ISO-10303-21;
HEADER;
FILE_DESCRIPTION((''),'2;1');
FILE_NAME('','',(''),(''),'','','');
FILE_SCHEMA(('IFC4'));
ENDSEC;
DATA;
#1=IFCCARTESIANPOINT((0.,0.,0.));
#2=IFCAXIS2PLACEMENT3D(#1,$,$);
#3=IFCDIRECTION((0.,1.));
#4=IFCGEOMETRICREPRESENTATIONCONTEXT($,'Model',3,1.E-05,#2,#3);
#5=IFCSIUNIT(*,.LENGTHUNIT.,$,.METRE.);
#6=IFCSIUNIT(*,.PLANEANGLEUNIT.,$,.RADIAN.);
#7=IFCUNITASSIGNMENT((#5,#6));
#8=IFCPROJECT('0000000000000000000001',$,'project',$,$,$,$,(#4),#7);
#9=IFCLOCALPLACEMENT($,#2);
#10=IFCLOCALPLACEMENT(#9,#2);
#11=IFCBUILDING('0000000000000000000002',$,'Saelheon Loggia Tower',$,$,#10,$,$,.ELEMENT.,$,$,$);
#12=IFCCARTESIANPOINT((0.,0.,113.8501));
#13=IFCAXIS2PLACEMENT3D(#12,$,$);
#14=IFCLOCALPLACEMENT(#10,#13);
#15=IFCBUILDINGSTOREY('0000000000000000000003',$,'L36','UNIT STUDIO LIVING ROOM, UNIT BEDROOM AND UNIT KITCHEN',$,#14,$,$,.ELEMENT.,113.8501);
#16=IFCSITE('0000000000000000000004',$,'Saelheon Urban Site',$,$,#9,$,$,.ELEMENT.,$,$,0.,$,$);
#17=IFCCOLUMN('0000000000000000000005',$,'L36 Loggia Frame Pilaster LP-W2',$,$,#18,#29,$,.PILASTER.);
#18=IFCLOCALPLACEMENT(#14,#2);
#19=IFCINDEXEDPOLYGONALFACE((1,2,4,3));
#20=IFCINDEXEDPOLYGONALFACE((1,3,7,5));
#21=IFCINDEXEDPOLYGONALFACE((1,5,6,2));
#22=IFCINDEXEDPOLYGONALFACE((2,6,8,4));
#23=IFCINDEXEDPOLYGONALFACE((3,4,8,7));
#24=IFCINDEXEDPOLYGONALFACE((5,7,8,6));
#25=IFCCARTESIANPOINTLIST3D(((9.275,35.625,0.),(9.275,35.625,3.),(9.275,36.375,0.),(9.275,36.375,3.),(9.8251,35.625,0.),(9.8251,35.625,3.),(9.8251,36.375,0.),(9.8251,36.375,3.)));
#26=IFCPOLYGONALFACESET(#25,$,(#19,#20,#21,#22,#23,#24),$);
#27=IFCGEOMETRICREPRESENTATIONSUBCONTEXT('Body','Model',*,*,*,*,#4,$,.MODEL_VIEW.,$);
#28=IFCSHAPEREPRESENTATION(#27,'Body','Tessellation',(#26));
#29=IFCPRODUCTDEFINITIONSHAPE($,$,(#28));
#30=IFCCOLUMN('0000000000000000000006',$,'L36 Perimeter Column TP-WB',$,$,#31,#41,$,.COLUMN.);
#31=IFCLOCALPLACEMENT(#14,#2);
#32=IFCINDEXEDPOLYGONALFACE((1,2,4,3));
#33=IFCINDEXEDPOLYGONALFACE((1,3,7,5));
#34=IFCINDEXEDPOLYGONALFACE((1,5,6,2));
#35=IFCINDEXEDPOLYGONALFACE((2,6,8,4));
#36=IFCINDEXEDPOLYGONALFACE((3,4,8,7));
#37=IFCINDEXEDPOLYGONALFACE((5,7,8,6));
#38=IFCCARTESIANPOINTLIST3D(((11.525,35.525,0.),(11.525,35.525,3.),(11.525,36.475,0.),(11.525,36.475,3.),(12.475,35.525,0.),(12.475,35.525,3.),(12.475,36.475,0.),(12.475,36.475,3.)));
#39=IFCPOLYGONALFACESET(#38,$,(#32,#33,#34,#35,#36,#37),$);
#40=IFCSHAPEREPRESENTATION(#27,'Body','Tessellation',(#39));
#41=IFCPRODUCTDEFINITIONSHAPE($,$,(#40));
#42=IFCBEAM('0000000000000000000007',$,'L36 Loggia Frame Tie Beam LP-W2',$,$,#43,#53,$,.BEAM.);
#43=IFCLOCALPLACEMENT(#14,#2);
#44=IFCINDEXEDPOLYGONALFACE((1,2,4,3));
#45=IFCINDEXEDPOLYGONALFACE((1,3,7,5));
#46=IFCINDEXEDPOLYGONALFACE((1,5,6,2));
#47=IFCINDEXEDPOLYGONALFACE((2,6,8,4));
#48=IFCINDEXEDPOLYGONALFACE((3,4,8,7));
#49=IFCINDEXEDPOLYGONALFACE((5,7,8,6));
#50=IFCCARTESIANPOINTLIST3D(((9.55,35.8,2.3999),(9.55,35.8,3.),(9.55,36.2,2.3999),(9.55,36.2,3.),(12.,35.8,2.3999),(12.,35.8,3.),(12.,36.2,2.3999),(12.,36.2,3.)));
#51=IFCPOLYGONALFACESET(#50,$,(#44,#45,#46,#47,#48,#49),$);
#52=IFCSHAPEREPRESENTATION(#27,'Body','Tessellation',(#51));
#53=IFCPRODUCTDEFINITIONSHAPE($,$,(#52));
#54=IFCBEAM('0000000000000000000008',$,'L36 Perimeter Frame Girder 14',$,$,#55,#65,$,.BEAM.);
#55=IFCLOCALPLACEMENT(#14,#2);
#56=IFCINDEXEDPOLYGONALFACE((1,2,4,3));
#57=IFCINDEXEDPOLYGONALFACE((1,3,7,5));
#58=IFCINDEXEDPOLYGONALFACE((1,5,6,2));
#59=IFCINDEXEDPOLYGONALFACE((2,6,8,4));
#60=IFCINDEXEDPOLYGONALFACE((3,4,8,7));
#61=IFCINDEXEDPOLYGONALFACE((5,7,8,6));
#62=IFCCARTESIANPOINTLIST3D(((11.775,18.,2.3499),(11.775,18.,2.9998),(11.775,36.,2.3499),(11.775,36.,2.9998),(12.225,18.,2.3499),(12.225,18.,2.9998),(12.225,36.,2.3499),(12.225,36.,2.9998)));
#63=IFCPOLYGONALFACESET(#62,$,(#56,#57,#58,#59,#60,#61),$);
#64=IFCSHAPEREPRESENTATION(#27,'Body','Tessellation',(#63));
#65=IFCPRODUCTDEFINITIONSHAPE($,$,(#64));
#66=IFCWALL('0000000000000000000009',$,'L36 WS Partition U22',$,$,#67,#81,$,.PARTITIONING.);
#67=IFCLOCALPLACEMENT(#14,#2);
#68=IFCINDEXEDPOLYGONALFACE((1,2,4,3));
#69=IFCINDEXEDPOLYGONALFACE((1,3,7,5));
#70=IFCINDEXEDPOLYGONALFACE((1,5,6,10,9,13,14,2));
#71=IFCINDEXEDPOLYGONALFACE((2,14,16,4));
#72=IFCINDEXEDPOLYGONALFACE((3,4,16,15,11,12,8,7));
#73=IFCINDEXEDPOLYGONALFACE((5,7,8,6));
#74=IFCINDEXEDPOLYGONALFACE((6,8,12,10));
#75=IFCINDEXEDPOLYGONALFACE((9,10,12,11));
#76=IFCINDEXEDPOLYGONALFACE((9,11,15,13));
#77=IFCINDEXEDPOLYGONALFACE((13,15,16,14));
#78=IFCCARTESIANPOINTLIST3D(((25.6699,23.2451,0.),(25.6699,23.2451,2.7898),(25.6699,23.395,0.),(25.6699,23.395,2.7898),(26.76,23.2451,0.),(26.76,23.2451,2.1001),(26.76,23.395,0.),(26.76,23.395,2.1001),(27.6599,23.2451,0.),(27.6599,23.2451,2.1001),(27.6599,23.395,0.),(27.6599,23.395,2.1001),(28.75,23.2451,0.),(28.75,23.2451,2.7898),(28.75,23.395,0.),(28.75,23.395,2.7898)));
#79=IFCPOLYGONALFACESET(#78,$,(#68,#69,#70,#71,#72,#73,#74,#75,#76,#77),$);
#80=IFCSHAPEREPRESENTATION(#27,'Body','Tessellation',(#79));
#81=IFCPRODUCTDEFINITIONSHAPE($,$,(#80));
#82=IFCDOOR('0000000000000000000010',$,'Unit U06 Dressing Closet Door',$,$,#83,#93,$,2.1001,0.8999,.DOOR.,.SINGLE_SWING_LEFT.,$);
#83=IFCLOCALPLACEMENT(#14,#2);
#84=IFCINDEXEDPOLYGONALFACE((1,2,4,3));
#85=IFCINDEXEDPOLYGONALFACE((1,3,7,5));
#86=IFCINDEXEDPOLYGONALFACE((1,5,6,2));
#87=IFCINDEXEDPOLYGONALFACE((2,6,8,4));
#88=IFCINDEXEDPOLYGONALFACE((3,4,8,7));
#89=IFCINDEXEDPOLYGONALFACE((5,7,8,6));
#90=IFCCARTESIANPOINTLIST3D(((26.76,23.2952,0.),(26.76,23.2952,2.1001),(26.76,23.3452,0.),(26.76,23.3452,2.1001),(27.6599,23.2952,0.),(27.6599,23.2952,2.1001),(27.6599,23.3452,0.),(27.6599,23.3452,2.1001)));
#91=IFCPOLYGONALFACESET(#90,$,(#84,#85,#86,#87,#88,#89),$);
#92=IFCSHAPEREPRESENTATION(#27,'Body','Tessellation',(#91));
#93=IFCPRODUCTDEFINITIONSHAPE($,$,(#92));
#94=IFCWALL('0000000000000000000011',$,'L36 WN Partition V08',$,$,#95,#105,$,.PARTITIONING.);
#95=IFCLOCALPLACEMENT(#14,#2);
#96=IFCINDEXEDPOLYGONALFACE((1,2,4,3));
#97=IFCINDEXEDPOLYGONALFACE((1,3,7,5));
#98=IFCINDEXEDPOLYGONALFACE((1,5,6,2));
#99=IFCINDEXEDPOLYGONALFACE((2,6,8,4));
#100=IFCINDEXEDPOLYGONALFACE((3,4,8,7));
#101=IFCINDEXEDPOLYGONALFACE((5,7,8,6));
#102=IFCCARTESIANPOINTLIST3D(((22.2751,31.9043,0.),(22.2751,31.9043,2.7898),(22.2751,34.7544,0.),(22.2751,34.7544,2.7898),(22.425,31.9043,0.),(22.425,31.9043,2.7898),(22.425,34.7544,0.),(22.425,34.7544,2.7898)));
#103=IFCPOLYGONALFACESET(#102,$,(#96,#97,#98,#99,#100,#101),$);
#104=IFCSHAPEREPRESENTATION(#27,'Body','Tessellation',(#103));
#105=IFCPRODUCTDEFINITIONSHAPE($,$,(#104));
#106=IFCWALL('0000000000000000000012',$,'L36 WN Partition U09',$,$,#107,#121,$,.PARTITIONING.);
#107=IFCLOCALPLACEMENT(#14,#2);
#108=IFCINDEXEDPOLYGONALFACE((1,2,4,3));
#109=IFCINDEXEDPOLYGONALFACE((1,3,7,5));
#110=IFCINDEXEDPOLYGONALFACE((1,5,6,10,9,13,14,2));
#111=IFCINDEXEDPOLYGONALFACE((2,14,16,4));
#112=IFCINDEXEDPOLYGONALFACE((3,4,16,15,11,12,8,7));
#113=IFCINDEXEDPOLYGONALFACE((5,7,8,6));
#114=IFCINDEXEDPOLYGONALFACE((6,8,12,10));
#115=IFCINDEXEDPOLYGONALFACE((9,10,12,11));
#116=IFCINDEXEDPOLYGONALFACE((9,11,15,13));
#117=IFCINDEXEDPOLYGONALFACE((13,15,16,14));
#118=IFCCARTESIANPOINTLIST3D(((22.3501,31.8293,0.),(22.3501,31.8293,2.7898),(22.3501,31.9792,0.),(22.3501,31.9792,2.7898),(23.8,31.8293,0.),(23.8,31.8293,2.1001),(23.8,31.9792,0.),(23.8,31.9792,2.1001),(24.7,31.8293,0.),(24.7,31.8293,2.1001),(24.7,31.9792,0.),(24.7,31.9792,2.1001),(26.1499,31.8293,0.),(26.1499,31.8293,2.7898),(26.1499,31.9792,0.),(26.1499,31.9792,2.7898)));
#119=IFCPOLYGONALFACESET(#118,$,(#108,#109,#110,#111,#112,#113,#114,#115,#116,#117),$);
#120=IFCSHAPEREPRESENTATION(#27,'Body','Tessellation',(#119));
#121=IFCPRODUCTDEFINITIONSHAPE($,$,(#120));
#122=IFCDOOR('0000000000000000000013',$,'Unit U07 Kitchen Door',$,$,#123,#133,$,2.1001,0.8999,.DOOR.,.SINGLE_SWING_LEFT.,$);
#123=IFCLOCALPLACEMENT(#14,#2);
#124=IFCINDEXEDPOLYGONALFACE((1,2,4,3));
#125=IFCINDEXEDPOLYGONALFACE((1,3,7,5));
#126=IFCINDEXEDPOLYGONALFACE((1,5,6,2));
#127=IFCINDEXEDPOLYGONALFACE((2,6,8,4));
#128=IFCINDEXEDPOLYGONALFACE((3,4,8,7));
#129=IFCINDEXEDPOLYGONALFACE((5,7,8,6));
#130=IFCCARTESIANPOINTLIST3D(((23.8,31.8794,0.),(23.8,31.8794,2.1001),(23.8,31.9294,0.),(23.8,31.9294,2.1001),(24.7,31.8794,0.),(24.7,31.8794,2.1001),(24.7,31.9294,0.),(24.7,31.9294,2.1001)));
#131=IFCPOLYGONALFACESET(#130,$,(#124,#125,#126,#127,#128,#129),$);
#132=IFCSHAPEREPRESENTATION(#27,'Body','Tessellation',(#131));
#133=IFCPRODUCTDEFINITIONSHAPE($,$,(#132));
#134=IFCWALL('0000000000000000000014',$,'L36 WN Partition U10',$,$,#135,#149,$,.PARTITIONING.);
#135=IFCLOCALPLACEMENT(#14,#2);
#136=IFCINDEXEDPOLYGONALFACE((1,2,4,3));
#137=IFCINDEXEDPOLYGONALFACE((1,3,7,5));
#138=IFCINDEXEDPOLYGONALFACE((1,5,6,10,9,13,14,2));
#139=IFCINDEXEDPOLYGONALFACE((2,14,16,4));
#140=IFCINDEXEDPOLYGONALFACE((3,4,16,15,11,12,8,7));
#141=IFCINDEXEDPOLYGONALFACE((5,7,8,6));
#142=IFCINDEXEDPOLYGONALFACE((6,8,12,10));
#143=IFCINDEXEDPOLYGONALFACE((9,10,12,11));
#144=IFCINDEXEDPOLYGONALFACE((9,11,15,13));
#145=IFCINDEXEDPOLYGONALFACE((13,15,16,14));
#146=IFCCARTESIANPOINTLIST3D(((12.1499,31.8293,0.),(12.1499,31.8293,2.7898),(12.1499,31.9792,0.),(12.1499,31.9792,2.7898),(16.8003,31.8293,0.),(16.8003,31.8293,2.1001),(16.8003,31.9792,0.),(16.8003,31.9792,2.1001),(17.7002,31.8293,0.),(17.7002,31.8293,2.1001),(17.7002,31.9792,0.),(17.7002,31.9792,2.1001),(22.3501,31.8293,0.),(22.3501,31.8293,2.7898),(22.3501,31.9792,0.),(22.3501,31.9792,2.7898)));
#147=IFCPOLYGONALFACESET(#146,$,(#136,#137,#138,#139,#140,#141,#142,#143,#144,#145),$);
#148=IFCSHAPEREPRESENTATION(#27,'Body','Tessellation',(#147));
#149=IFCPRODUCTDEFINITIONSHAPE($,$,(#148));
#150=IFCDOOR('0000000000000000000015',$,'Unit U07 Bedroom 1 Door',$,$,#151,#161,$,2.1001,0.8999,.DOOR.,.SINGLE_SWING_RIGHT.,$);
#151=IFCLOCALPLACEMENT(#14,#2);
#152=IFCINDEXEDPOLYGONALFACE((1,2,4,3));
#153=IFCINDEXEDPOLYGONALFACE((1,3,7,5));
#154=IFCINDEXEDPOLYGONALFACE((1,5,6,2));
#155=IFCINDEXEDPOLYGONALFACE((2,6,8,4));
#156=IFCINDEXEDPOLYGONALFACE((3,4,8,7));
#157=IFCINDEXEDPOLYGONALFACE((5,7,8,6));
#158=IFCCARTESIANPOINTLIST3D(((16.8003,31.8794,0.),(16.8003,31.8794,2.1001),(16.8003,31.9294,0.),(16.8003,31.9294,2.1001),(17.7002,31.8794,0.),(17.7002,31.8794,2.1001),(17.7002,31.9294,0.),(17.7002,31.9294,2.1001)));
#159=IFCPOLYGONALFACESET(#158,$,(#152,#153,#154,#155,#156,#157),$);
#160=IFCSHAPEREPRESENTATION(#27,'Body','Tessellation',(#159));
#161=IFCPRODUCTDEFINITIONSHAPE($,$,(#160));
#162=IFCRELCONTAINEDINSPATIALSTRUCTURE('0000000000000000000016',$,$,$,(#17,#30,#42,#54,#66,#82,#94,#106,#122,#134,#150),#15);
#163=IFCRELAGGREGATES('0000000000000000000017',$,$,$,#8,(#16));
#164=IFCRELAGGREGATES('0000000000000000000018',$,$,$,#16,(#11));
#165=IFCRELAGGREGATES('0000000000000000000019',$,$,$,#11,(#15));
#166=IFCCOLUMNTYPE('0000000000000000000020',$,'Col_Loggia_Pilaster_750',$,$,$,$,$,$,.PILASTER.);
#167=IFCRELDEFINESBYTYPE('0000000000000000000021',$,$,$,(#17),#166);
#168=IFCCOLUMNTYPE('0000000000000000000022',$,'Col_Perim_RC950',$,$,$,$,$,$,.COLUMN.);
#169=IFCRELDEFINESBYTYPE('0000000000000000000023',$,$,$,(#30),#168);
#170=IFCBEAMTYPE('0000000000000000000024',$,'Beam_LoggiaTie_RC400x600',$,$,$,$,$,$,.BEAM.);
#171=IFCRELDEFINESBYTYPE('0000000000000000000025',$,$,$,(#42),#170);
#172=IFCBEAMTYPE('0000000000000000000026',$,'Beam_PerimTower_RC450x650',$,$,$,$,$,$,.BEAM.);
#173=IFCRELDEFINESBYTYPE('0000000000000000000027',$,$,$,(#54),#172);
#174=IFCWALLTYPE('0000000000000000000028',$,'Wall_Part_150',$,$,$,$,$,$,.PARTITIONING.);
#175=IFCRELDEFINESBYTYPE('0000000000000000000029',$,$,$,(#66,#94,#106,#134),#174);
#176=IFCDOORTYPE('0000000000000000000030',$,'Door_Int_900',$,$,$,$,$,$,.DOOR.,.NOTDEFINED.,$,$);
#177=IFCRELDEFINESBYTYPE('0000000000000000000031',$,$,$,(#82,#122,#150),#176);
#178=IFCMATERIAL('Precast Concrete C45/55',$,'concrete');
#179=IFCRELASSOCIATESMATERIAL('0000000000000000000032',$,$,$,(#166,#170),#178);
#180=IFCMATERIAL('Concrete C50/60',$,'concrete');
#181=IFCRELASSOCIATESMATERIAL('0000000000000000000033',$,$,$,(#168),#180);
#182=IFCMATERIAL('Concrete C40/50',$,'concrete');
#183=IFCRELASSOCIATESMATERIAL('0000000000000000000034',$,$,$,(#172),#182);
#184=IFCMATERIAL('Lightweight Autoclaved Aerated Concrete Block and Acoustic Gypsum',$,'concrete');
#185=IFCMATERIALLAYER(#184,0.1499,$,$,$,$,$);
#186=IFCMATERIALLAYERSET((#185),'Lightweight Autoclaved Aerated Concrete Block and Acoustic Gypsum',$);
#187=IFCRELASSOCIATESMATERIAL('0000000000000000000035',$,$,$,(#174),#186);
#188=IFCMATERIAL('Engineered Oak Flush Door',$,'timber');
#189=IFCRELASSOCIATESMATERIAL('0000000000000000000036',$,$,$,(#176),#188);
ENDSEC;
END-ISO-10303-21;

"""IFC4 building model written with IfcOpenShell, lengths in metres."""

from ifc_helpers import new_model, si_unit, direction, frame, frame_2d, origin, origin_2d, place, context, subcontext, project, spatial, rectangle, extrude, source, transform, mapped, material, layer, layer_set, material_profile, profile_set, type_object, element, fill, save


model = new_model("IFC4")

# Units and contexts
model_context = context("Model", 3, precision=1e-05, world=origin(), true_north=direction((0.0, 1.0)))
body_context = subcontext(model_context, "Body", "Model", "MODEL_VIEW")
ifc_project = project(units=[si_unit("LENGTHUNIT", "METRE"), si_unit("PLANEANGLEUNIT", "RADIAN")], contexts=[model_context])

# Site, building, storey
site_placement = place(None, origin())
site = spatial("IfcSite", under=ifc_project, at=site_placement, Name="Saelheon Urban Site", CompositionType="ELEMENT", RefElevation=0.0)
building_placement = place(site_placement, origin())
building = spatial("IfcBuilding", under=site, at=building_placement, Name="Saelheon Loggia Tower", CompositionType="ELEMENT")
storey_placement = place(building_placement, frame((0.0, 0.0, 113.8501)))
storey = spatial("IfcBuildingStorey", under=building, at=storey_placement, Name="L36", Description="UNIT STUDIO LIVING ROOM, UNIT BEDROOM AND UNIT KITCHEN", CompositionType="ELEMENT", Elevation=113.8501)

# Columns
ifc_material_1 = material(Name="Precast Concrete C45/55", Category="concrete")
ifc_material_profile_1 = material_profile(ifc_material_1, rectangle(XDim=0.55, YDim=0.75, at=origin_2d()), Name="RC-550x750")
ifc_profile_set_1 = profile_set([ifc_material_profile_1], Name="Precast Concrete C45/55")
column_type_1 = type_object("IfcColumnType", Name="Col_Loggia_Pilaster_750", PredefinedType="PILASTER", material=ifc_profile_set_1)
shared_shape_1 = source(origin(), body_context, "Body", "SweptSolid", [
    extrude(rectangle(XDim=0.55, YDim=0.75, at=origin_2d()), origin(), (0.0, 0.0, 1.0), 3.0),
])
column_1_placement = place(storey_placement, frame((9.55, 36.0, 0.0), z_axis=(0.0, 0.0, 1.0), x_axis=(1.0, 0.0, 0.0)))
element("IfcColumn", 1, at=column_1_placement, inside=storey, type_object=column_type_1, Name="L36 Loggia Frame Pilaster LP-W2", PredefinedType="PILASTER", context=body_context, shape_type="MappedRepresentation", body=[
    mapped(shared_shape_1, transform((0.0, 0.0, 0.0), scale=1.0)),
])
ifc_material_2 = material(Name="Concrete C50/60", Category="concrete")
ifc_material_profile_2 = material_profile(ifc_material_2, rectangle(XDim=0.95, YDim=0.95, at=origin_2d()), Name="RC-950x950")
ifc_profile_set_2 = profile_set([ifc_material_profile_2], Name="Concrete C50/60")
column_type_2 = type_object("IfcColumnType", Name="Col_Perim_RC950", PredefinedType="COLUMN", material=ifc_profile_set_2)
shared_shape_2 = source(origin(), body_context, "Body", "SweptSolid", [
    extrude(rectangle(XDim=0.95, YDim=0.95, at=origin_2d()), origin(), (0.0, 0.0, 1.0), 3.0),
])
column_2_placement = place(storey_placement, frame((12.0, 36.0, 0.0), z_axis=(0.0, 0.0, 1.0), x_axis=(1.0, 0.0, 0.0)))
element("IfcColumn", 2, at=column_2_placement, inside=storey, type_object=column_type_2, Name="L36 Perimeter Column TP-WB", PredefinedType="COLUMN", context=body_context, shape_type="MappedRepresentation", body=[
    mapped(shared_shape_2, transform((0.0, 0.0, 0.0), scale=1.0)),
])

# Beams
ifc_material_profile_3 = material_profile(ifc_material_1, rectangle(XDim=0.3999, YDim=0.6001, at=origin_2d()), Name="RC-400x600")
ifc_profile_set_3 = profile_set([ifc_material_profile_3], Name="Precast Concrete C45/55")
beam_type_1 = type_object("IfcBeamType", Name="Beam_LoggiaTie_RC400x600", PredefinedType="BEAM", material=ifc_profile_set_3)
shared_shape_3 = source(origin(), body_context, "Body", "SweptSolid", [
    extrude(rectangle(XDim=0.3999, YDim=0.6001, at=origin_2d()), origin(), (0.0, 0.0, 1.0), 2.45),
])
beam_1_placement = place(storey_placement, frame((12.0, 36.0, 2.7), z_axis=(-1.0, 0.0, 0.0), x_axis=(0.0, -1.0, 0.0)))
element("IfcBeam", 3, at=beam_1_placement, inside=storey, type_object=beam_type_1, Name="L36 Loggia Frame Tie Beam LP-W2", PredefinedType="BEAM", context=body_context, shape_type="MappedRepresentation", body=[
    mapped(shared_shape_3, transform((0.0, 0.0, 0.0), scale=1.0)),
])
ifc_material_3 = material(Name="Concrete C40/50", Category="concrete")
ifc_material_profile_4 = material_profile(ifc_material_3, rectangle(XDim=0.45, YDim=0.6499, at=origin_2d()), Name="RC-450x650")
ifc_profile_set_4 = profile_set([ifc_material_profile_4], Name="Concrete C40/50")
beam_type_2 = type_object("IfcBeamType", Name="Beam_PerimTower_RC450x650", PredefinedType="BEAM", material=ifc_profile_set_4)
shared_shape_4 = source(origin(), body_context, "Body", "SweptSolid", [
    extrude(rectangle(XDim=0.45, YDim=0.6499, at=origin_2d()), origin(), (0.0, 0.0, 1.0), 18.0),
])
beam_2_placement = place(storey_placement, frame((12.0, 36.0, 2.6748), z_axis=(0.0, -1.0, 0.0), x_axis=(1.0, 0.0, 0.0)))
element("IfcBeam", 4, at=beam_2_placement, inside=storey, type_object=beam_type_2, Name="L36 Perimeter Frame Girder 14", PredefinedType="BEAM", context=body_context, shape_type="MappedRepresentation", body=[
    mapped(shared_shape_4, transform((0.0, 0.0, 0.0), scale=1.0)),
])

# Wall, opening, door
ifc_material_4 = material(Name="Lightweight Autoclaved Aerated Concrete Block and Acoustic Gypsum", Category="concrete")
ifc_layer_1 = layer(ifc_material_4, 0.1499)
ifc_layer_set_1 = layer_set([ifc_layer_1], Name="Lightweight Autoclaved Aerated Concrete Block and Acoustic Gypsum")
wall_type_1 = type_object("IfcWallType", Name="Wall_Part_150", PredefinedType="PARTITIONING", material=ifc_layer_set_1)
wall_1_placement = place(storey_placement, frame((28.75, 23.3201, 0.0), z_axis=(0.0, 0.0, 1.0), x_axis=(-1.0, 0.0, 0.0)))
wall_1 = element("IfcWall", 5, at=wall_1_placement, inside=storey, type_object=wall_type_1, Name="L36 WS Partition U22", PredefinedType="PARTITIONING", context=body_context, shape_type="SweptSolid", body=[
    extrude(rectangle(XDim=3.0801, YDim=0.1499, at=frame_2d((1.54, 0.0))), origin(), (0.0, 0.0, 1.0), 2.7898),
])
opening_1_placement = place(wall_1_placement, frame((1.0901, 0.0, 0.0)))
opening_1 = element("IfcOpeningElement", 6, at=opening_1_placement, cuts=wall_1, PredefinedType="OPENING", context=body_context, shape_type="SweptSolid", body=[
    extrude(rectangle(XDim=0.8999, YDim=2.1001, at=frame_2d((0.45, 1.05))), frame((0.0, 0.0869, 0.0), z_axis=(0.0, -1.0, 0.0), x_axis=(1.0, 0.0, 0.0)), (0.0, 0.0, 1.0), 0.1738),
])
ifc_material_5 = material(Name="Engineered Oak Flush Door", Category="timber")
door_type_1 = type_object("IfcDoorType", Name="Door_Int_900", OperationType="NOTDEFINED", PredefinedType="DOOR", material=ifc_material_5)
shared_shape_5 = source(origin(), body_context, "Body", "SweptSolid", [
    extrude(rectangle(XDim=0.8999, YDim=2.1001, at=frame_2d((0.45, 1.05))), frame((0.0, 0.0249, 0.0), z_axis=(0.0, -1.0, 0.0), x_axis=(1.0, 0.0, 0.0)), (0.0, 0.0, 1.0), 0.05),
])
door_1_placement = place(opening_1_placement, origin())
door_1 = element("IfcDoor", 7, at=door_1_placement, inside=storey, type_object=door_type_1, Name="Unit U06 Dressing Closet Door", OperationType="SINGLE_SWING_LEFT", OverallHeight=2.1001, OverallWidth=0.8999, PredefinedType="DOOR", context=body_context, shape_type="MappedRepresentation", body=[
    mapped(shared_shape_5, transform((0.0, 0.0, 0.0), scale=1.0)),
])
fill(opening_1, door_1)

# Wall
wall_2_placement = place(storey_placement, frame((22.3501, 31.9043, 0.0), z_axis=(0.0, 0.0, 1.0), x_axis=(0.0, 1.0, 0.0)))
element("IfcWall", 8, at=wall_2_placement, inside=storey, type_object=wall_type_1, Name="L36 WN Partition V08", PredefinedType="PARTITIONING", context=body_context, shape_type="SweptSolid", body=[
    extrude(rectangle(XDim=2.8501, YDim=0.1499, at=frame_2d((1.425, 0.0))), origin(), (0.0, 0.0, 1.0), 2.7898),
])

# Walls, openings, doors
wall_3_placement = place(storey_placement, frame((26.1499, 31.9043, 0.0), z_axis=(0.0, 0.0, 1.0), x_axis=(-1.0, 0.0, 0.0)))
wall_3 = element("IfcWall", 9, at=wall_3_placement, inside=storey, type_object=wall_type_1, Name="L36 WN Partition U09", PredefinedType="PARTITIONING", context=body_context, shape_type="SweptSolid", body=[
    extrude(rectangle(XDim=3.7998, YDim=0.1499, at=frame_2d((1.8999, 0.0))), origin(), (0.0, 0.0, 1.0), 2.7898),
])
opening_2_placement = place(wall_3_placement, frame((1.45, 0.0, 0.0)))
opening_2 = element("IfcOpeningElement", 10, at=opening_2_placement, cuts=wall_3, PredefinedType="OPENING", context=body_context, shape_type="SweptSolid", body=[
    extrude(rectangle(XDim=0.8999, YDim=2.1001, at=frame_2d((0.45, 1.05))), frame((0.0, 0.0869, 0.0), z_axis=(0.0, -1.0, 0.0), x_axis=(1.0, 0.0, 0.0)), (0.0, 0.0, 1.0), 0.1738),
])
door_2_placement = place(opening_2_placement, origin())
door_2 = element("IfcDoor", 11, at=door_2_placement, inside=storey, type_object=door_type_1, Name="Unit U07 Kitchen Door", OperationType="SINGLE_SWING_LEFT", OverallHeight=2.1001, OverallWidth=0.8999, PredefinedType="DOOR", context=body_context, shape_type="MappedRepresentation", body=[
    mapped(shared_shape_5, transform((0.0, 0.0, 0.0), scale=1.0)),
])
fill(opening_2, door_2)
wall_4_placement = place(storey_placement, frame((22.3501, 31.9043, 0.0), z_axis=(0.0, 0.0, 1.0), x_axis=(-1.0, 0.0, 0.0)))
wall_4 = element("IfcWall", 12, at=wall_4_placement, inside=storey, type_object=wall_type_1, Name="L36 WN Partition U10", PredefinedType="PARTITIONING", context=body_context, shape_type="SweptSolid", body=[
    extrude(rectangle(XDim=10.2002, YDim=0.1499, at=frame_2d((5.1001, 0.0))), origin(), (0.0, 0.0, 1.0), 2.7898),
])
opening_3_placement = place(wall_4_placement, frame((4.6499, 0.0, 0.0)))
opening_3 = element("IfcOpeningElement", 13, at=opening_3_placement, cuts=wall_4, PredefinedType="OPENING", context=body_context, shape_type="SweptSolid", body=[
    extrude(rectangle(XDim=0.8999, YDim=2.1001, at=frame_2d((0.45, 1.05))), frame((0.0, 0.0869, 0.0), z_axis=(0.0, -1.0, 0.0), x_axis=(1.0, 0.0, 0.0)), (0.0, 0.0, 1.0), 0.1738),
])
door_3_placement = place(opening_3_placement, origin())
door_3 = element("IfcDoor", 14, at=door_3_placement, inside=storey, type_object=door_type_1, Name="Unit U07 Bedroom 1 Door", OperationType="SINGLE_SWING_RIGHT", OverallHeight=2.1001, OverallWidth=0.8999, PredefinedType="DOOR", context=body_context, shape_type="MappedRepresentation", body=[
    mapped(shared_shape_5, transform((0.0, 0.0, 0.0), scale=1.0)),
])
fill(opening_3, door_3)

save(model, "model.ifc")
